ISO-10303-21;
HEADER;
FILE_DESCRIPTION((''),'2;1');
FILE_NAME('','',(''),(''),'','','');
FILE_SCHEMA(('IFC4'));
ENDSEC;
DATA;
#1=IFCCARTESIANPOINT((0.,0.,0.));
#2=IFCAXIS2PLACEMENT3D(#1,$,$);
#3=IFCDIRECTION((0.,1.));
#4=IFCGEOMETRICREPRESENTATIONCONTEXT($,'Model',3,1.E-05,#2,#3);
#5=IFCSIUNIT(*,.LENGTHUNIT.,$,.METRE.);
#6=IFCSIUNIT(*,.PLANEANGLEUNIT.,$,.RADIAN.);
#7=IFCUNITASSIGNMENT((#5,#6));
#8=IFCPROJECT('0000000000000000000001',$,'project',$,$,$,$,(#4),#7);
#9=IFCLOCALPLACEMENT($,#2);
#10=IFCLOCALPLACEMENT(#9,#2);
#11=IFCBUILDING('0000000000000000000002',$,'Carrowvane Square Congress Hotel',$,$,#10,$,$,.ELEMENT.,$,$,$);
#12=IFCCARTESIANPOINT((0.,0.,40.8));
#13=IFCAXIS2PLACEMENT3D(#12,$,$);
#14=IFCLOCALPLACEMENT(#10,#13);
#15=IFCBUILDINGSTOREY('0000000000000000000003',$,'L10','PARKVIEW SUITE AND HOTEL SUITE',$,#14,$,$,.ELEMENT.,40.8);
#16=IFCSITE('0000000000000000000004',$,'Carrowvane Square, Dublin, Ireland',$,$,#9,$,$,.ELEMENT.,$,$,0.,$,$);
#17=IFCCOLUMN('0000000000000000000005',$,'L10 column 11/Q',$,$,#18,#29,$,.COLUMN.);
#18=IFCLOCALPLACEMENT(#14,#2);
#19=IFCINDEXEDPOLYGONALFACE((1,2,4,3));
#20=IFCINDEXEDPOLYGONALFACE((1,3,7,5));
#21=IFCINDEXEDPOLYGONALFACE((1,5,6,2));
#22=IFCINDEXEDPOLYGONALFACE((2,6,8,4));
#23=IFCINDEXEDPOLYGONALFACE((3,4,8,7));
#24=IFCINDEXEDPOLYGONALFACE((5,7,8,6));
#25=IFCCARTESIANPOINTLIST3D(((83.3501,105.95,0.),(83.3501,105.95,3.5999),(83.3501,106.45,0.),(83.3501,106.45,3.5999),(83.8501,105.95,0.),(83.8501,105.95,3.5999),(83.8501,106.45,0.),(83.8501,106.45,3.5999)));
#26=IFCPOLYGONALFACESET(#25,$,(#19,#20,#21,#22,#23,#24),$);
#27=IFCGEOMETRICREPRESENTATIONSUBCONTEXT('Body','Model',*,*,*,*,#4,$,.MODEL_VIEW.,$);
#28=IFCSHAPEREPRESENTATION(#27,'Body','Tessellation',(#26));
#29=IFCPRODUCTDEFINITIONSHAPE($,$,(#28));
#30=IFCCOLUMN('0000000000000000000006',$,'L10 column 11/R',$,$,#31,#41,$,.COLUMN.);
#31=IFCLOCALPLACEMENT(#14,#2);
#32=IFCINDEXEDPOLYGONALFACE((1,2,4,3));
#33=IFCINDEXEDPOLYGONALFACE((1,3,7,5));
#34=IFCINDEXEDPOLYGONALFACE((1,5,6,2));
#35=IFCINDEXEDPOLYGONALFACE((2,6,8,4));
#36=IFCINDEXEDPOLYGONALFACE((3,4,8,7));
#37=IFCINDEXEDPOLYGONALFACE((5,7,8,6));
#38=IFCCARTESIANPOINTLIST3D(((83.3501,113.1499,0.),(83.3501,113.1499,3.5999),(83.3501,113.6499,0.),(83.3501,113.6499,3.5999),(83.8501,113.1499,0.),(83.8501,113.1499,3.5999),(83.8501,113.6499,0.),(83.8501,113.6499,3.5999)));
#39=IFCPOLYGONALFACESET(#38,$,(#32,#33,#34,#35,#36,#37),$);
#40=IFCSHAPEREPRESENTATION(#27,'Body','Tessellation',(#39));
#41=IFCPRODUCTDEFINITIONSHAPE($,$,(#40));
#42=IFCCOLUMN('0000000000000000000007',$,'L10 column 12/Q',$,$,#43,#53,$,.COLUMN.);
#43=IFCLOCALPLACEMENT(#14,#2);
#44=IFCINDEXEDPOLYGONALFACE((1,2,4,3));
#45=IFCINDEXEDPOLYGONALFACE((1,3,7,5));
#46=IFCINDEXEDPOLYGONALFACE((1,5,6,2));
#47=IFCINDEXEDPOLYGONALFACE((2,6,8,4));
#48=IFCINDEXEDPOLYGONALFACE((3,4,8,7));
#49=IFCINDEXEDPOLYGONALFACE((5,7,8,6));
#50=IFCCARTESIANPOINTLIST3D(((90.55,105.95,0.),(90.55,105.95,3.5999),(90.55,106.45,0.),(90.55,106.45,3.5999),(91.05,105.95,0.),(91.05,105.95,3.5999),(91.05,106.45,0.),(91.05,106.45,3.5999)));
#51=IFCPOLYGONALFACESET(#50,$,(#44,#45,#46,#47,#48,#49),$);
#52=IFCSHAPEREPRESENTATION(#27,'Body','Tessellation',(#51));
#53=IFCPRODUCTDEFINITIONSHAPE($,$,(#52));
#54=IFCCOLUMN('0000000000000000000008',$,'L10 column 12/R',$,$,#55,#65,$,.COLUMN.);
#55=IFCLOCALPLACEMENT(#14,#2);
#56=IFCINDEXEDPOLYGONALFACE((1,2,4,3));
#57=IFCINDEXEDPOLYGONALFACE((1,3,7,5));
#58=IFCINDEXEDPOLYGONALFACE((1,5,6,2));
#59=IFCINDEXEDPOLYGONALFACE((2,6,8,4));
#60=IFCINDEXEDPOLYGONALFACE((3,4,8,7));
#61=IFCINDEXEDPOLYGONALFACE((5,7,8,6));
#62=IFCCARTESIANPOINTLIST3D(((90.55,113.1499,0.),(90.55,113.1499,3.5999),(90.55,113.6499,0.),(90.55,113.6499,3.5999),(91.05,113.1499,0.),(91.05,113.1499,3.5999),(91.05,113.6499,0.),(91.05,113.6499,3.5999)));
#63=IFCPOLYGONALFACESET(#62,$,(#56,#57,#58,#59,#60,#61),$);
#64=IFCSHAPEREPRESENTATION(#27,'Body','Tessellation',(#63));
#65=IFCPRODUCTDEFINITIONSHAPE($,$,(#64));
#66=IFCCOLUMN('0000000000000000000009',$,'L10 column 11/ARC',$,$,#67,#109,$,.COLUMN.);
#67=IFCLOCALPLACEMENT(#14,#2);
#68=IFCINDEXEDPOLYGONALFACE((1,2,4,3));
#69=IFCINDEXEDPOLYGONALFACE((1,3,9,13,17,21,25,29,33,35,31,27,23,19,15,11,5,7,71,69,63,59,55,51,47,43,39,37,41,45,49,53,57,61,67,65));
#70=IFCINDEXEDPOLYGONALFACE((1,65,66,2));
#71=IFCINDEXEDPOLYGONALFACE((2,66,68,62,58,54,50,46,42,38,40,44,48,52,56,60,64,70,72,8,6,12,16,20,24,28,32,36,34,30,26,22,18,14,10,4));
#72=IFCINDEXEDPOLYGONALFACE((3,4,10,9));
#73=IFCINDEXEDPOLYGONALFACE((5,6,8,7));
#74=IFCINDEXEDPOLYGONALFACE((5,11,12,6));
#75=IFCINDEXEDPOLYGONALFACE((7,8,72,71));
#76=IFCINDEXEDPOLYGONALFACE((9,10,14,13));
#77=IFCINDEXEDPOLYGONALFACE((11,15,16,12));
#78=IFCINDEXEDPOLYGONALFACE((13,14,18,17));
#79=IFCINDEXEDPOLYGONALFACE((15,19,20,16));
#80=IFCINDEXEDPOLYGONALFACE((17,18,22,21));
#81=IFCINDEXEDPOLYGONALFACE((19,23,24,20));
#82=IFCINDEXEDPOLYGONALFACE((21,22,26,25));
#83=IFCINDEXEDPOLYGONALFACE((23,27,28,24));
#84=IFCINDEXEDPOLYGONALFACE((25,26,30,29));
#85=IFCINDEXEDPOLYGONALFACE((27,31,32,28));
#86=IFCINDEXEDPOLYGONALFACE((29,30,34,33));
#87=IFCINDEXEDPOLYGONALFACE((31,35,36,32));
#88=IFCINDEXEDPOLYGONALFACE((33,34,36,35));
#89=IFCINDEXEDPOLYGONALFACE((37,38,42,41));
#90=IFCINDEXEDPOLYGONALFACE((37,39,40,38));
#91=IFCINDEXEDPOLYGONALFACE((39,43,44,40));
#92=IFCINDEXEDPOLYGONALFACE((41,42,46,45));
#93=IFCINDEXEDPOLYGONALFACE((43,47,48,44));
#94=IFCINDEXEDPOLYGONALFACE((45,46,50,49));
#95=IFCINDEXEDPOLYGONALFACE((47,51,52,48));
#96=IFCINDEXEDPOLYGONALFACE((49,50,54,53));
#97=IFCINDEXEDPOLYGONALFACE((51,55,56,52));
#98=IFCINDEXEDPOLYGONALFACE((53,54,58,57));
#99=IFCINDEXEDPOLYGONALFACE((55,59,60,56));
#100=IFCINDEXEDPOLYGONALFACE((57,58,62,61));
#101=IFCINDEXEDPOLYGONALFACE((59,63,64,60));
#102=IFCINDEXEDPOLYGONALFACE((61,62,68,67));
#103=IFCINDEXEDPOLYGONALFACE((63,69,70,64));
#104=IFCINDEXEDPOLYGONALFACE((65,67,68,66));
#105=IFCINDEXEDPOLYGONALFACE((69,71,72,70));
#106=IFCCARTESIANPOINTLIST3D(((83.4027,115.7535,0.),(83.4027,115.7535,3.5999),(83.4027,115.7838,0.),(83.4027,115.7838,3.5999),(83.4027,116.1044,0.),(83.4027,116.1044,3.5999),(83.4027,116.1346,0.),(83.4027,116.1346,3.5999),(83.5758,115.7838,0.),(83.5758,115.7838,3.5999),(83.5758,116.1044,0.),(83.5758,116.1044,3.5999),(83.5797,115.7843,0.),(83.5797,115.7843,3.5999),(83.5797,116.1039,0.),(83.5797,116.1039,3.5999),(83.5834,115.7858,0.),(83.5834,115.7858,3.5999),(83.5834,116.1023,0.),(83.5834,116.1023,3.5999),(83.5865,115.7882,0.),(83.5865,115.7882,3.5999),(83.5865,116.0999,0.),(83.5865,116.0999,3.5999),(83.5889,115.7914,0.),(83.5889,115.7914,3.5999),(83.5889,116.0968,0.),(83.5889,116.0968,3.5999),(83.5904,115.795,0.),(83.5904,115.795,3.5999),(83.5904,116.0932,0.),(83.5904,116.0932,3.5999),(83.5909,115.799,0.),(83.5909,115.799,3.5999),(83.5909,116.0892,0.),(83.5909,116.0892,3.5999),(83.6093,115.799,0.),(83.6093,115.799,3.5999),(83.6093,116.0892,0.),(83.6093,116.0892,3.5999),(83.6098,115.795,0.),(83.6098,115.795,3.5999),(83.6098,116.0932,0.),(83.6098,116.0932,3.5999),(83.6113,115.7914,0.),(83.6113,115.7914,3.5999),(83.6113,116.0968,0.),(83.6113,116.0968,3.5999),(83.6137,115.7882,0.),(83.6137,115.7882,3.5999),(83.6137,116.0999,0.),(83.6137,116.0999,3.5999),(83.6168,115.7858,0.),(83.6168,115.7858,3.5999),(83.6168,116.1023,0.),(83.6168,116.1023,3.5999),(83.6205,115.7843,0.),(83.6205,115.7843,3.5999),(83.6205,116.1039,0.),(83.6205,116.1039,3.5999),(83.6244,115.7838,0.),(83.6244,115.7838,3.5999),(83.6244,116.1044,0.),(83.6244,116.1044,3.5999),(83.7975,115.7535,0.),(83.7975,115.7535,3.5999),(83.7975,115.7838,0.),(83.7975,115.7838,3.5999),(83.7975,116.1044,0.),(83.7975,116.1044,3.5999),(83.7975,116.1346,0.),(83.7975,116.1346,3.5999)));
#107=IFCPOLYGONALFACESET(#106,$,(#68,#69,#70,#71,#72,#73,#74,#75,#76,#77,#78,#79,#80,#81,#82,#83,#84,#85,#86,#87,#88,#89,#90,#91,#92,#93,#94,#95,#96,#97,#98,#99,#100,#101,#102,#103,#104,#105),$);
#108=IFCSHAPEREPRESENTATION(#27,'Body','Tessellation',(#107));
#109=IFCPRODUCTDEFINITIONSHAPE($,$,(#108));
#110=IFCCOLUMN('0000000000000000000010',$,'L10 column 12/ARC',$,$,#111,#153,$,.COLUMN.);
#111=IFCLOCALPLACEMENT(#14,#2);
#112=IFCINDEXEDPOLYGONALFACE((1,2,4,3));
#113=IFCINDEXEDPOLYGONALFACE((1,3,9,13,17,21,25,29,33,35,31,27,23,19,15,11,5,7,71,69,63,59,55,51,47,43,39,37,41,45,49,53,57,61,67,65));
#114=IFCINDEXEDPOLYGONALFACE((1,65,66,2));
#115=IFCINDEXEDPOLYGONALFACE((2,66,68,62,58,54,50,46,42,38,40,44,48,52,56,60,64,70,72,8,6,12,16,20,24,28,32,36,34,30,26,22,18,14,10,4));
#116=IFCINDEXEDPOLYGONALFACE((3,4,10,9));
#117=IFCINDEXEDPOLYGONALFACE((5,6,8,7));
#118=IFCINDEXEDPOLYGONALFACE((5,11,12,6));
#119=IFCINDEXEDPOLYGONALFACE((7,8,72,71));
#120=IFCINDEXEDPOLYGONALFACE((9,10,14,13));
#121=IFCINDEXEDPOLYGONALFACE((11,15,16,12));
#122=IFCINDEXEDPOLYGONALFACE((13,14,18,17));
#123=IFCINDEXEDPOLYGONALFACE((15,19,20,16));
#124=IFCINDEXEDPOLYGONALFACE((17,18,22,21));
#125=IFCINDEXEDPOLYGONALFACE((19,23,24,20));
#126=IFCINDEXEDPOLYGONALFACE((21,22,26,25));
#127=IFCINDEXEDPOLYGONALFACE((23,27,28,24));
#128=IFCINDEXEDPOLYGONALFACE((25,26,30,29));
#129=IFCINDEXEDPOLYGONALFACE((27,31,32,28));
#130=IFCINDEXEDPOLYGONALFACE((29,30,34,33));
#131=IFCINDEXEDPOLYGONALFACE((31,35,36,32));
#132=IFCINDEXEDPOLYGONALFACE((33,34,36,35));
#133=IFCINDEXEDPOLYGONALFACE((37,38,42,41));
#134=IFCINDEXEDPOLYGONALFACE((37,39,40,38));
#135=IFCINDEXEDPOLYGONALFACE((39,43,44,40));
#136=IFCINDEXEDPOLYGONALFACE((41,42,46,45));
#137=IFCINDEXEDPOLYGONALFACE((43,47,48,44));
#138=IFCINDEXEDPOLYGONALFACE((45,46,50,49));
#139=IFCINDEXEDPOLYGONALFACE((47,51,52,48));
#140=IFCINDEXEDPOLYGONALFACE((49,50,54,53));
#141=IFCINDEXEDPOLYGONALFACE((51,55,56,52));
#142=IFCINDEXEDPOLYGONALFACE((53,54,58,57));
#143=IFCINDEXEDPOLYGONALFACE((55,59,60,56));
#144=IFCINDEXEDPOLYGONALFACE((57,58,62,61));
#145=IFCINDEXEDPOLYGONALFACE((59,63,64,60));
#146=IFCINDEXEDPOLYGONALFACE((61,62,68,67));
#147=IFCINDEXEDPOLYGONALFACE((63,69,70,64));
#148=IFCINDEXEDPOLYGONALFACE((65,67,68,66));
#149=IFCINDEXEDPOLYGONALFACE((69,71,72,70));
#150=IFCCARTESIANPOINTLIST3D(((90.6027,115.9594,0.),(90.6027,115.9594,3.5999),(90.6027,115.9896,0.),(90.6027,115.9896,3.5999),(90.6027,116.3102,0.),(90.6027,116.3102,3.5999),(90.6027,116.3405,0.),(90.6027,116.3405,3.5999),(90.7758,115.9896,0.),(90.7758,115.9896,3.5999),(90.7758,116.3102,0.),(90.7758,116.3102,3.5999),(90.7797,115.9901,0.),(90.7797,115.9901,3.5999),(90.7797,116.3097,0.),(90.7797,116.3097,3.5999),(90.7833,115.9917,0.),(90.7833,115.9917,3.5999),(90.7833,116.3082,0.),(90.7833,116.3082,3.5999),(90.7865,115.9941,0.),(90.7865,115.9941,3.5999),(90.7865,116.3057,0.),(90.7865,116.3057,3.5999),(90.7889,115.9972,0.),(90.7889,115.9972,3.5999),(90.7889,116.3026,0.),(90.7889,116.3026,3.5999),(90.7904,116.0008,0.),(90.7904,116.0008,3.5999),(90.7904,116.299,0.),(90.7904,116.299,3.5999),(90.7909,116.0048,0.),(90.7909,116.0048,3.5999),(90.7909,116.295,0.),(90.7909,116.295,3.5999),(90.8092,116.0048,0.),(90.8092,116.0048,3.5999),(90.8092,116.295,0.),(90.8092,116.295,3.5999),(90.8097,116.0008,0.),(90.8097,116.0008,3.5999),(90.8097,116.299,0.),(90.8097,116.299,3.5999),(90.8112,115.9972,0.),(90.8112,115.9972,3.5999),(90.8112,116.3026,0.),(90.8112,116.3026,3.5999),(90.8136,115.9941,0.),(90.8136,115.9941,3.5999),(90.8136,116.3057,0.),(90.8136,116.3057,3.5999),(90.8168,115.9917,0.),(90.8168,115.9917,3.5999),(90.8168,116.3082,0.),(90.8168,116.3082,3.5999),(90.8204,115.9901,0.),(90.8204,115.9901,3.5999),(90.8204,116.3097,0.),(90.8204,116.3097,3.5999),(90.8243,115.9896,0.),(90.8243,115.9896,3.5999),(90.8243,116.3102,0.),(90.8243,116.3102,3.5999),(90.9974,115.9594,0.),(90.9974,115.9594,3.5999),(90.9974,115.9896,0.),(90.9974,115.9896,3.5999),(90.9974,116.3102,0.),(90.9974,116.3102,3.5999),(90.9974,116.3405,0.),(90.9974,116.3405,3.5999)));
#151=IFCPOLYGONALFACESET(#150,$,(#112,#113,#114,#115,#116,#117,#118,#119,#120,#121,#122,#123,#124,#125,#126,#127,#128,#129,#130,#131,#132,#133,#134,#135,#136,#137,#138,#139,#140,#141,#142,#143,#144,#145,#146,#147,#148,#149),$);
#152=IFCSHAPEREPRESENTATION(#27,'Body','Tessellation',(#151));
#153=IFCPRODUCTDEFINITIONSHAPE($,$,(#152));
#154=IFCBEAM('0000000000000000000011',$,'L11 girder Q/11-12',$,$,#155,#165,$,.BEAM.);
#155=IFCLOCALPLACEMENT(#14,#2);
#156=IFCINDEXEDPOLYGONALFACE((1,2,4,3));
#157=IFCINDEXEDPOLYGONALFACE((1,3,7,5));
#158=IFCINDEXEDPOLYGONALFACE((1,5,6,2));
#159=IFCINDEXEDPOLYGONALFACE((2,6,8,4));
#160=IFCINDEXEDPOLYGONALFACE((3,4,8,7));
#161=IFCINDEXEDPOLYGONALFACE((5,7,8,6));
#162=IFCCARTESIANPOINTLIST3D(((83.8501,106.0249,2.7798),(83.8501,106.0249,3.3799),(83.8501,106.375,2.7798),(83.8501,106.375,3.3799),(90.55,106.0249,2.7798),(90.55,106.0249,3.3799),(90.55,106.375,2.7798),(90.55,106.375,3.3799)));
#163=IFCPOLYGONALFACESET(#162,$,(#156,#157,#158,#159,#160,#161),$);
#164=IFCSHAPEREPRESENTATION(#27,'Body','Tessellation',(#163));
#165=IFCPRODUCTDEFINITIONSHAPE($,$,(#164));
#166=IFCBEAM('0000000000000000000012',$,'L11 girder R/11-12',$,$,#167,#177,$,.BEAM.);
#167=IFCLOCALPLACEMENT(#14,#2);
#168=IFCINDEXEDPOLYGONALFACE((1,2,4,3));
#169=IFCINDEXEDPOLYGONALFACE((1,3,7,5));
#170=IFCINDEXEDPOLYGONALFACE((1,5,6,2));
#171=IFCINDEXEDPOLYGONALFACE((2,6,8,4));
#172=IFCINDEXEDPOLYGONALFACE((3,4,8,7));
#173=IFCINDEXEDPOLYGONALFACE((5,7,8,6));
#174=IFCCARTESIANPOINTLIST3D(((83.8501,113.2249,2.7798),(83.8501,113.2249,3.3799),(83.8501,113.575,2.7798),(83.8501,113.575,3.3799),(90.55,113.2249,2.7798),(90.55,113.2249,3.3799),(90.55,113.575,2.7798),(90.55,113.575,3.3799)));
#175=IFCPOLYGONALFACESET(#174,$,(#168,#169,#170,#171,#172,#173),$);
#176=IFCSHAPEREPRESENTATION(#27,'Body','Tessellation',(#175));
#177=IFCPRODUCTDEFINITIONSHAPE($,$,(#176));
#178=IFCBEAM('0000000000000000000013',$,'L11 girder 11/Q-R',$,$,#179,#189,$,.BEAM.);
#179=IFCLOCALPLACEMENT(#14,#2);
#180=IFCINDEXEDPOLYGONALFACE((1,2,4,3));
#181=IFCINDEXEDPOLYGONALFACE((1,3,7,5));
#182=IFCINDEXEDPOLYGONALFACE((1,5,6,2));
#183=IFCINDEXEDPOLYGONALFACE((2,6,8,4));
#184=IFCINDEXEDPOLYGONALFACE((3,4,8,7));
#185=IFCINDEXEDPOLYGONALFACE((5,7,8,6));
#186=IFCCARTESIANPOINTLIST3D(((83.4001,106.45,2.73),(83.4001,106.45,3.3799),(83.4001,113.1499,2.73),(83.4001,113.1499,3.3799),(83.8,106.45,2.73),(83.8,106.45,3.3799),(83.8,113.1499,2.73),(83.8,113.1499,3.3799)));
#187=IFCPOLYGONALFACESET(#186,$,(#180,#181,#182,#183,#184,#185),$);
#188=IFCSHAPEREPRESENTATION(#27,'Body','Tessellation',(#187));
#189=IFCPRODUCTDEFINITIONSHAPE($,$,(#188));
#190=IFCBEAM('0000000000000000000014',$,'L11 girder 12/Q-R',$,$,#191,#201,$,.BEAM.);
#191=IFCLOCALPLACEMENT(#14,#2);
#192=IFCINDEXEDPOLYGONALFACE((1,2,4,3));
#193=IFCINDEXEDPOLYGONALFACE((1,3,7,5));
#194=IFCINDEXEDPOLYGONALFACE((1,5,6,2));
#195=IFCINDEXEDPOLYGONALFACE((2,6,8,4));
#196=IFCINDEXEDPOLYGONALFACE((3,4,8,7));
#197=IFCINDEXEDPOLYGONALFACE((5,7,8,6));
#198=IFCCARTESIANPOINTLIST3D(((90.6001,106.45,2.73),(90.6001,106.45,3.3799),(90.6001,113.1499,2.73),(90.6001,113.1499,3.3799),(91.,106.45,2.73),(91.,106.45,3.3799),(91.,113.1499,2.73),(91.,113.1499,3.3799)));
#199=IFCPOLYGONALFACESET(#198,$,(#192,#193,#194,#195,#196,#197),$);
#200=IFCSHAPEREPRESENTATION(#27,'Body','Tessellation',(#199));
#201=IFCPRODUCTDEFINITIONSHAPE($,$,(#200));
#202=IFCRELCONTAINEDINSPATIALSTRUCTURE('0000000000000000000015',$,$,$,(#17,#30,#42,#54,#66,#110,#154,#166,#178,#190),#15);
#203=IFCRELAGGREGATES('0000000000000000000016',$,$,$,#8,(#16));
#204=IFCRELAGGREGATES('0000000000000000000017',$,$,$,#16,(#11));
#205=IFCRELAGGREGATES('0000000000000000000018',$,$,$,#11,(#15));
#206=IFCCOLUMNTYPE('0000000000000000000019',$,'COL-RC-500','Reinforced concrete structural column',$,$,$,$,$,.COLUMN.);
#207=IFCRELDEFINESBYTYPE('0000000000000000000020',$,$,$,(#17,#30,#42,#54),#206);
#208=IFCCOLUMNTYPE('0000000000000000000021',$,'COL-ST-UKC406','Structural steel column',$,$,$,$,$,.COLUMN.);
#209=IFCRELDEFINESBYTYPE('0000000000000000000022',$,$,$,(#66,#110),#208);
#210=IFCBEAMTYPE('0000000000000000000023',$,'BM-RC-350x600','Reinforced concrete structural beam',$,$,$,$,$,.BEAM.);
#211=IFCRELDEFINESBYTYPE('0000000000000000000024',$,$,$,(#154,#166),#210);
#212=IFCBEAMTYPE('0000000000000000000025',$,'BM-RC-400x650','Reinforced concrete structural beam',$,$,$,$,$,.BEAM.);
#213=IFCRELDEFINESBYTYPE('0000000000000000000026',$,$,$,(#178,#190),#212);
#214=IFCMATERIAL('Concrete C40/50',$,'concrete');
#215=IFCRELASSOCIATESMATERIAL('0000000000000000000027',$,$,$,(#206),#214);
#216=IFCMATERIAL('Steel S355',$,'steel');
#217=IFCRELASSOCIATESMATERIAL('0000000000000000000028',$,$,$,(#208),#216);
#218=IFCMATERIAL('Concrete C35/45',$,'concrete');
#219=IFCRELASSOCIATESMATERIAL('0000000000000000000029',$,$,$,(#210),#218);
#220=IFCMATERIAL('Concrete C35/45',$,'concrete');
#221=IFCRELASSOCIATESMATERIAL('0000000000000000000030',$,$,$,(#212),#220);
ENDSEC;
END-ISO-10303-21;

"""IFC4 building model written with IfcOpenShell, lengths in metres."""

from ifc_helpers import new_model, si_unit, direction, frame, origin, origin_2d, place, context, subcontext, project, spatial, rectangle, i_section, extrude, material, material_profile, profile_set, type_object, element, save


model = new_model("IFC4")

# Units and contexts
model_context = context("Model", 3, precision=1e-05, world=origin(), true_north=direction((0.0, 1.0)))
body_context = subcontext(model_context, "Body", "Model", "MODEL_VIEW")
ifc_project = project(units=[si_unit("LENGTHUNIT", "METRE"), si_unit("PLANEANGLEUNIT", "RADIAN")], contexts=[model_context])

# Site, building, storey
site_placement = place(None, origin())
site = spatial("IfcSite", under=ifc_project, at=site_placement, Name="Carrowvane Square, Dublin, Ireland", CompositionType="ELEMENT", RefElevation=0.0)
building_placement = place(site_placement, origin())
building = spatial("IfcBuilding", under=site, at=building_placement, Name="Carrowvane Square Congress Hotel", CompositionType="ELEMENT")
storey_placement = place(building_placement, frame((0.0, 0.0, 40.8)))
storey = spatial("IfcBuildingStorey", under=building, at=storey_placement, Name="L10", Description="PARKVIEW SUITE AND HOTEL SUITE", CompositionType="ELEMENT", Elevation=40.8)

# Columns
ifc_material_1 = material(Name="Concrete C40/50", Category="concrete")
ifc_material_profile_1 = material_profile(ifc_material_1, rectangle(XDim=0.5, YDim=0.5, at=origin_2d()), Name="RC 500x500")
ifc_profile_set_1 = profile_set([ifc_material_profile_1], Name="Concrete C40/50")
column_type_1 = type_object("IfcColumnType", Name="COL-RC-500", Description="Reinforced concrete structural column", PredefinedType="COLUMN", material=ifc_profile_set_1)
for number, where, z_axis, x_axis, name in (
    (1, (83.6001, 106.2, 0.0), (0.0, 0.0, 1.0), (1.0, 0.0, 0.0), "L10 column 11/Q"),
    (2, (83.6001, 113.3999, 0.0), (0.0, 0.0, 1.0), (1.0, 0.0, 0.0), "L10 column 11/R"),
    (3, (90.8, 106.2, 0.0), (0.0, 0.0, 1.0), (1.0, 0.0, 0.0), "L10 column 12/Q"),
    (4, (90.8, 113.3999, 0.0), (0.0, 0.0, 1.0), (1.0, 0.0, 0.0), "L10 column 12/R"),
):
    element("IfcColumn", number, at=place(storey_placement, frame(where, z_axis=z_axis, x_axis=x_axis)), inside=storey, type_object=column_type_1, Name=name, PredefinedType="COLUMN", context=body_context, shape_type="SweptSolid", body=[
        extrude(rectangle(XDim=0.5, YDim=0.5, at=origin_2d()), origin(), (0.0, 0.0, 1.0), 3.5999),
    ])
ifc_material_2 = material(Name="Steel S355", Category="steel")
ifc_material_profile_2 = material_profile(ifc_material_2, i_section(OverallWidth=0.3948, OverallDepth=0.3811, WebThickness=0.0183, FlangeThickness=0.0303, FilletRadius=0.0151, at=origin_2d()), Name="UKC 356x406x235")
ifc_profile_set_2 = profile_set([ifc_material_profile_2], Name="Steel S355")
column_type_2 = type_object("IfcColumnType", Name="COL-ST-UKC406", Description="Structural steel column", PredefinedType="COLUMN", material=ifc_profile_set_2)
for number, where, z_axis, x_axis, name in (
    (5, (83.6001, 115.9441, 0.0), (0.0, 0.0, 1.0), (1.0, 0.0, 0.0), "L10 column 11/ARC"),
    (6, (90.8, 116.1499, 0.0), (0.0, 0.0, 1.0), (1.0, 0.0, 0.0), "L10 column 12/ARC"),
):
    element("IfcColumn", number, at=place(storey_placement, frame(where, z_axis=z_axis, x_axis=x_axis)), inside=storey, type_object=column_type_2, Name=name, PredefinedType="COLUMN", context=body_context, shape_type="SweptSolid", body=[
        extrude(i_section(OverallWidth=0.3948, OverallDepth=0.3811, WebThickness=0.0183, FlangeThickness=0.0303, FilletRadius=0.0151, at=origin_2d()), origin(), (0.0, 0.0, 1.0), 3.5999),
    ])

# Beams
ifc_material_3 = material(Name="Concrete C35/45", Category="concrete")
ifc_material_profile_3 = material_profile(ifc_material_3, rectangle(XDim=0.3501, YDim=0.6001, at=origin_2d()), Name="RC 350x600")
ifc_profile_set_3 = profile_set([ifc_material_profile_3], Name="Concrete C35/45")
beam_type_1 = type_object("IfcBeamType", Name="BM-RC-350x600", Description="Reinforced concrete structural beam", PredefinedType="BEAM", material=ifc_profile_set_3)
for number, where, z_axis, x_axis, name in (
    (7, (83.8501, 106.2, 3.0798), (1.0, 0.0, 0.0), (0.0, 1.0, 0.0), "L11 girder Q/11-12"),
    (8, (83.8501, 113.3999, 3.0798), (1.0, 0.0, 0.0), (0.0, 1.0, 0.0), "L11 girder R/11-12"),
):
    element("IfcBeam", number, at=place(storey_placement, frame(where, z_axis=z_axis, x_axis=x_axis)), inside=storey, type_object=beam_type_1, Name=name, PredefinedType="BEAM", context=body_context, shape_type="SweptSolid", body=[
        extrude(rectangle(XDim=0.3501, YDim=0.6001, at=origin_2d()), origin(), (0.0, 0.0, 1.0), 6.7),
    ])
ifc_material_4 = material(Name="Concrete C35/45", Category="concrete")
ifc_material_profile_4 = material_profile(ifc_material_4, rectangle(XDim=0.3999, YDim=0.6499, at=origin_2d()), Name="RC 400x650")
ifc_profile_set_4 = profile_set([ifc_material_profile_4], Name="Concrete C35/45")
beam_type_2 = type_object("IfcBeamType", Name="BM-RC-400x650", Description="Reinforced concrete structural beam", PredefinedType="BEAM", material=ifc_profile_set_4)
for number, where, z_axis, x_axis, name in (
    (9, (83.6001, 106.45, 3.0549), (0.0, 1.0, 0.0), (-1.0, 0.0, 0.0), "L11 girder 11/Q-R"),
    (10, (90.8, 106.45, 3.0549), (0.0, 1.0, 0.0), (-1.0, 0.0, 0.0), "L11 girder 12/Q-R"),
):
    element("IfcBeam", number, at=place(storey_placement, frame(where, z_axis=z_axis, x_axis=x_axis)), inside=storey, type_object=beam_type_2, Name=name, PredefinedType="BEAM", context=body_context, shape_type="SweptSolid", body=[
        extrude(rectangle(XDim=0.3999, YDim=0.6499, at=origin_2d()), origin(), (0.0, 0.0, 1.0), 6.7),
    ])

save(model, "model.ifc")
